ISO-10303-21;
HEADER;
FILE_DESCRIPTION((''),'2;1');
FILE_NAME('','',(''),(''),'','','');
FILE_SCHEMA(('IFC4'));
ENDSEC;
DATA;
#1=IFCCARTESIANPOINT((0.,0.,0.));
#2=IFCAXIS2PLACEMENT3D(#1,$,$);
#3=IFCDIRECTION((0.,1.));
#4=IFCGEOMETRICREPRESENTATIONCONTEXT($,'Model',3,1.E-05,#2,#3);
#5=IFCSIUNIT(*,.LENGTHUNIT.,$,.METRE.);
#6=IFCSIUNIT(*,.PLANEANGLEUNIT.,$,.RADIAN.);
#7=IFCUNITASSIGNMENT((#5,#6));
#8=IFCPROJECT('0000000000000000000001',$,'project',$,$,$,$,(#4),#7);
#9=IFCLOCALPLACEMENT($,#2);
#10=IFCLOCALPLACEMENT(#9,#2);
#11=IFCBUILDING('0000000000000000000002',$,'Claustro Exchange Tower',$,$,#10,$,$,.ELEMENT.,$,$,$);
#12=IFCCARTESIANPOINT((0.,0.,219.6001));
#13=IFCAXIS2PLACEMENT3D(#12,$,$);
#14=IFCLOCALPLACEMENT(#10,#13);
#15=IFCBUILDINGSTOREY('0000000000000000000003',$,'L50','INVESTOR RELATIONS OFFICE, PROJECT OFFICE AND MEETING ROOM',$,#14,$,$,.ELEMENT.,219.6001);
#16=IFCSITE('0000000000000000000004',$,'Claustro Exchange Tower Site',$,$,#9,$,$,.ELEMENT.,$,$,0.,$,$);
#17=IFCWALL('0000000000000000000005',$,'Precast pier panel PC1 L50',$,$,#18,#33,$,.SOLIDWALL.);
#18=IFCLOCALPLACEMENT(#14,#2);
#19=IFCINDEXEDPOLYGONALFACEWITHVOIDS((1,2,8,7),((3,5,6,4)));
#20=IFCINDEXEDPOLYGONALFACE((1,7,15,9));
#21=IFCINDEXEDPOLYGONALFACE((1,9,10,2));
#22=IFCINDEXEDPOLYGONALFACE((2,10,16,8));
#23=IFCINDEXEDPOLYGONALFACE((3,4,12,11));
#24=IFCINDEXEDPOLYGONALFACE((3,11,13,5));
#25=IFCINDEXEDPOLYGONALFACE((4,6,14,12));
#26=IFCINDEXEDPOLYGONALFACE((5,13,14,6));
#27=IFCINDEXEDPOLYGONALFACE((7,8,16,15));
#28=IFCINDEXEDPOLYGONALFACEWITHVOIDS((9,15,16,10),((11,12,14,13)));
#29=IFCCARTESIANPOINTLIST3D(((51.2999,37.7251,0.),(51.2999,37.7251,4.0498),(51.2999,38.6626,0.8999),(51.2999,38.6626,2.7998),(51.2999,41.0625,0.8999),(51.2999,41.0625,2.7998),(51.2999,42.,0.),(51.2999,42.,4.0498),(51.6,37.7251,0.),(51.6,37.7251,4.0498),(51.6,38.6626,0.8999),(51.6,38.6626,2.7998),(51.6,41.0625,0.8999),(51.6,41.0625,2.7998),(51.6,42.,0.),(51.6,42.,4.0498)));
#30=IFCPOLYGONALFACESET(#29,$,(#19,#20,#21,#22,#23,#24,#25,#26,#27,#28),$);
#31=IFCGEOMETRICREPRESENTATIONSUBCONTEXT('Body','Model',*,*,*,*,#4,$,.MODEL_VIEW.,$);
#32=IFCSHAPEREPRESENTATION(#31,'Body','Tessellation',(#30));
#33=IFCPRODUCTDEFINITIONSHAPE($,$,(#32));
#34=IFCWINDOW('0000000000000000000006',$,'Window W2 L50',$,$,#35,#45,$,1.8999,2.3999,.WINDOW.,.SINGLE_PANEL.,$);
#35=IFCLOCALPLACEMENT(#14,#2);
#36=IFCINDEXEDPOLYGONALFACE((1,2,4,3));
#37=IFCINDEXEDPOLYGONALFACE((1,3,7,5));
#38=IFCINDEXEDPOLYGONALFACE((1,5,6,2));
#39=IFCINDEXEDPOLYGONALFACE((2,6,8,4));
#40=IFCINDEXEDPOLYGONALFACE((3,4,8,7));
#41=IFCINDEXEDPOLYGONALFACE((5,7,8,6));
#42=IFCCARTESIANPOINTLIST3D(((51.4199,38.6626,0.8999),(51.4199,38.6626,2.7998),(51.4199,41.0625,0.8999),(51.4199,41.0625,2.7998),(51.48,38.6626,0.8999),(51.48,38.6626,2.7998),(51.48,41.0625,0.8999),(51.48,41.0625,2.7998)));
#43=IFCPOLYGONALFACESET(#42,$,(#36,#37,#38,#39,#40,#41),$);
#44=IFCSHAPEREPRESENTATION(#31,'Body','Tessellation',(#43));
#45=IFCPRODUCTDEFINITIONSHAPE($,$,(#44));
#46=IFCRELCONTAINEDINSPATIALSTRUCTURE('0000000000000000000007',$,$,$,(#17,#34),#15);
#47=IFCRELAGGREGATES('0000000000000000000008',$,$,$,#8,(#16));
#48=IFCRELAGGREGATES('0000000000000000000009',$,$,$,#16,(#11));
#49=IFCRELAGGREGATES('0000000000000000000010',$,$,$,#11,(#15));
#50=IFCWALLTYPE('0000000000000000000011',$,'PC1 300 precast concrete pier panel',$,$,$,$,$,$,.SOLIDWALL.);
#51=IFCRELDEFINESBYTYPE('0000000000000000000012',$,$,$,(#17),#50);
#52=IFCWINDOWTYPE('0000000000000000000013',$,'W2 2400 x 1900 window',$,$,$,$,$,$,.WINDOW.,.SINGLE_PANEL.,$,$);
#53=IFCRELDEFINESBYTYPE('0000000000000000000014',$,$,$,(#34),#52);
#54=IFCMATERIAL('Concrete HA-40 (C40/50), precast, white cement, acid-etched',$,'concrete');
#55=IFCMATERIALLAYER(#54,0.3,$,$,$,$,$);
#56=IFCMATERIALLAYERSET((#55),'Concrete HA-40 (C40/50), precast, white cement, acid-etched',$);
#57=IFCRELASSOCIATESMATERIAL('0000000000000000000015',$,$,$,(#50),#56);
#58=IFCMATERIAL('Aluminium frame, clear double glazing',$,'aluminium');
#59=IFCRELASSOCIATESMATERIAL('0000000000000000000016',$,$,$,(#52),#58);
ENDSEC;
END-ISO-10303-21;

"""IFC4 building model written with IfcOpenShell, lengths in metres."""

from ifc_helpers import new_model, si_unit, direction, frame, frame_2d, origin, place, context, subcontext, project, spatial, rectangle, extrude, material, layer, layer_set, type_object, element, fill, save


model = new_model("IFC4")

# Units and contexts
model_context = context("Model", 3, precision=1e-05, world=origin(), true_north=direction((0.0, 1.0)))
body_context = subcontext(model_context, "Body", "Model", "MODEL_VIEW")
ifc_project = project(units=[si_unit("LENGTHUNIT", "METRE"), si_unit("PLANEANGLEUNIT", "RADIAN")], contexts=[model_context])

# Site, building, storey
site_placement = place(None, origin())
site = spatial("IfcSite", under=ifc_project, at=site_placement, Name="Claustro Exchange Tower Site", CompositionType="ELEMENT", RefElevation=0.0)
building_placement = place(site_placement, origin())
building = spatial("IfcBuilding", under=site, at=building_placement, Name="Claustro Exchange Tower", CompositionType="ELEMENT")
storey_placement = place(building_placement, frame((0.0, 0.0, 219.6001)))
storey = spatial("IfcBuildingStorey", under=building, at=storey_placement, Name="L50", Description="INVESTOR RELATIONS OFFICE, PROJECT OFFICE AND MEETING ROOM", CompositionType="ELEMENT", Elevation=219.6001)

# Shared definitions
ifc_material_1 = material(Name="Concrete HA-40 (C40/50), precast, white cement, acid-etched", Category="concrete")
ifc_layer_1 = layer(ifc_material_1, 0.3)
ifc_layer_set_1 = layer_set([ifc_layer_1], Name="Concrete HA-40 (C40/50), precast, white cement, acid-etched")
wall_type_1 = type_object("IfcWallType", Name="PC1 300 precast concrete pier panel", PredefinedType="SOLIDWALL", material=ifc_layer_set_1)

# Wall, opening, window
wall_1_placement = place(storey_placement, frame((51.45, 42.0, 0.0), z_axis=(0.0, 0.0, 1.0), x_axis=(0.0, -1.0, 0.0)))
wall_1 = element("IfcWall", 1, at=wall_1_placement, inside=storey, type_object=wall_type_1, Name="Precast pier panel PC1 L50", PredefinedType="SOLIDWALL", context=body_context, shape_type="SweptSolid", body=[
    extrude(rectangle(XDim=4.2749, YDim=0.3, at=frame_2d((2.1375, 0.0))), origin(), (0.0, 0.0, 1.0), 4.0498),
])
opening_1_placement = place(wall_1_placement, frame((0.9375, 0.0, 0.8999)))
opening_1 = element("IfcOpeningElement", 2, at=opening_1_placement, cuts=wall_1, PredefinedType="OPENING", context=body_context, shape_type="SweptSolid", body=[
    extrude(rectangle(XDim=2.3999, YDim=1.8999, at=frame_2d((1.2, 0.95))), frame((0.0, 0.1599, 0.0), z_axis=(0.0, -1.0, 0.0), x_axis=(1.0, 0.0, 0.0)), (0.0, 0.0, 1.0), 0.3201),
])
ifc_material_2 = material(Name="Aluminium frame, clear double glazing", Category="aluminium")
window_type_1 = type_object("IfcWindowType", Name="W2 2400 x 1900 window", PartitioningType="SINGLE_PANEL", PredefinedType="WINDOW", material=ifc_material_2)
window_1_placement = place(opening_1_placement, origin())
window_1 = element("IfcWindow", 3, at=window_1_placement, inside=storey, type_object=window_type_1, Name="Window W2 L50", OverallHeight=1.8999, OverallWidth=2.3999, PartitioningType="SINGLE_PANEL", PredefinedType="WINDOW", context=body_context, shape_type="SweptSolid", body=[
    extrude(rectangle(XDim=2.3999, YDim=1.8999, at=frame_2d((1.2, 0.95))), frame((0.0, 0.03, 0.0), z_axis=(0.0, -1.0, 0.0), x_axis=(1.0, 0.0, 0.0)), (0.0, 0.0, 1.0), 0.0601),
])
fill(opening_1, window_1)

save(model, "model.ifc")
